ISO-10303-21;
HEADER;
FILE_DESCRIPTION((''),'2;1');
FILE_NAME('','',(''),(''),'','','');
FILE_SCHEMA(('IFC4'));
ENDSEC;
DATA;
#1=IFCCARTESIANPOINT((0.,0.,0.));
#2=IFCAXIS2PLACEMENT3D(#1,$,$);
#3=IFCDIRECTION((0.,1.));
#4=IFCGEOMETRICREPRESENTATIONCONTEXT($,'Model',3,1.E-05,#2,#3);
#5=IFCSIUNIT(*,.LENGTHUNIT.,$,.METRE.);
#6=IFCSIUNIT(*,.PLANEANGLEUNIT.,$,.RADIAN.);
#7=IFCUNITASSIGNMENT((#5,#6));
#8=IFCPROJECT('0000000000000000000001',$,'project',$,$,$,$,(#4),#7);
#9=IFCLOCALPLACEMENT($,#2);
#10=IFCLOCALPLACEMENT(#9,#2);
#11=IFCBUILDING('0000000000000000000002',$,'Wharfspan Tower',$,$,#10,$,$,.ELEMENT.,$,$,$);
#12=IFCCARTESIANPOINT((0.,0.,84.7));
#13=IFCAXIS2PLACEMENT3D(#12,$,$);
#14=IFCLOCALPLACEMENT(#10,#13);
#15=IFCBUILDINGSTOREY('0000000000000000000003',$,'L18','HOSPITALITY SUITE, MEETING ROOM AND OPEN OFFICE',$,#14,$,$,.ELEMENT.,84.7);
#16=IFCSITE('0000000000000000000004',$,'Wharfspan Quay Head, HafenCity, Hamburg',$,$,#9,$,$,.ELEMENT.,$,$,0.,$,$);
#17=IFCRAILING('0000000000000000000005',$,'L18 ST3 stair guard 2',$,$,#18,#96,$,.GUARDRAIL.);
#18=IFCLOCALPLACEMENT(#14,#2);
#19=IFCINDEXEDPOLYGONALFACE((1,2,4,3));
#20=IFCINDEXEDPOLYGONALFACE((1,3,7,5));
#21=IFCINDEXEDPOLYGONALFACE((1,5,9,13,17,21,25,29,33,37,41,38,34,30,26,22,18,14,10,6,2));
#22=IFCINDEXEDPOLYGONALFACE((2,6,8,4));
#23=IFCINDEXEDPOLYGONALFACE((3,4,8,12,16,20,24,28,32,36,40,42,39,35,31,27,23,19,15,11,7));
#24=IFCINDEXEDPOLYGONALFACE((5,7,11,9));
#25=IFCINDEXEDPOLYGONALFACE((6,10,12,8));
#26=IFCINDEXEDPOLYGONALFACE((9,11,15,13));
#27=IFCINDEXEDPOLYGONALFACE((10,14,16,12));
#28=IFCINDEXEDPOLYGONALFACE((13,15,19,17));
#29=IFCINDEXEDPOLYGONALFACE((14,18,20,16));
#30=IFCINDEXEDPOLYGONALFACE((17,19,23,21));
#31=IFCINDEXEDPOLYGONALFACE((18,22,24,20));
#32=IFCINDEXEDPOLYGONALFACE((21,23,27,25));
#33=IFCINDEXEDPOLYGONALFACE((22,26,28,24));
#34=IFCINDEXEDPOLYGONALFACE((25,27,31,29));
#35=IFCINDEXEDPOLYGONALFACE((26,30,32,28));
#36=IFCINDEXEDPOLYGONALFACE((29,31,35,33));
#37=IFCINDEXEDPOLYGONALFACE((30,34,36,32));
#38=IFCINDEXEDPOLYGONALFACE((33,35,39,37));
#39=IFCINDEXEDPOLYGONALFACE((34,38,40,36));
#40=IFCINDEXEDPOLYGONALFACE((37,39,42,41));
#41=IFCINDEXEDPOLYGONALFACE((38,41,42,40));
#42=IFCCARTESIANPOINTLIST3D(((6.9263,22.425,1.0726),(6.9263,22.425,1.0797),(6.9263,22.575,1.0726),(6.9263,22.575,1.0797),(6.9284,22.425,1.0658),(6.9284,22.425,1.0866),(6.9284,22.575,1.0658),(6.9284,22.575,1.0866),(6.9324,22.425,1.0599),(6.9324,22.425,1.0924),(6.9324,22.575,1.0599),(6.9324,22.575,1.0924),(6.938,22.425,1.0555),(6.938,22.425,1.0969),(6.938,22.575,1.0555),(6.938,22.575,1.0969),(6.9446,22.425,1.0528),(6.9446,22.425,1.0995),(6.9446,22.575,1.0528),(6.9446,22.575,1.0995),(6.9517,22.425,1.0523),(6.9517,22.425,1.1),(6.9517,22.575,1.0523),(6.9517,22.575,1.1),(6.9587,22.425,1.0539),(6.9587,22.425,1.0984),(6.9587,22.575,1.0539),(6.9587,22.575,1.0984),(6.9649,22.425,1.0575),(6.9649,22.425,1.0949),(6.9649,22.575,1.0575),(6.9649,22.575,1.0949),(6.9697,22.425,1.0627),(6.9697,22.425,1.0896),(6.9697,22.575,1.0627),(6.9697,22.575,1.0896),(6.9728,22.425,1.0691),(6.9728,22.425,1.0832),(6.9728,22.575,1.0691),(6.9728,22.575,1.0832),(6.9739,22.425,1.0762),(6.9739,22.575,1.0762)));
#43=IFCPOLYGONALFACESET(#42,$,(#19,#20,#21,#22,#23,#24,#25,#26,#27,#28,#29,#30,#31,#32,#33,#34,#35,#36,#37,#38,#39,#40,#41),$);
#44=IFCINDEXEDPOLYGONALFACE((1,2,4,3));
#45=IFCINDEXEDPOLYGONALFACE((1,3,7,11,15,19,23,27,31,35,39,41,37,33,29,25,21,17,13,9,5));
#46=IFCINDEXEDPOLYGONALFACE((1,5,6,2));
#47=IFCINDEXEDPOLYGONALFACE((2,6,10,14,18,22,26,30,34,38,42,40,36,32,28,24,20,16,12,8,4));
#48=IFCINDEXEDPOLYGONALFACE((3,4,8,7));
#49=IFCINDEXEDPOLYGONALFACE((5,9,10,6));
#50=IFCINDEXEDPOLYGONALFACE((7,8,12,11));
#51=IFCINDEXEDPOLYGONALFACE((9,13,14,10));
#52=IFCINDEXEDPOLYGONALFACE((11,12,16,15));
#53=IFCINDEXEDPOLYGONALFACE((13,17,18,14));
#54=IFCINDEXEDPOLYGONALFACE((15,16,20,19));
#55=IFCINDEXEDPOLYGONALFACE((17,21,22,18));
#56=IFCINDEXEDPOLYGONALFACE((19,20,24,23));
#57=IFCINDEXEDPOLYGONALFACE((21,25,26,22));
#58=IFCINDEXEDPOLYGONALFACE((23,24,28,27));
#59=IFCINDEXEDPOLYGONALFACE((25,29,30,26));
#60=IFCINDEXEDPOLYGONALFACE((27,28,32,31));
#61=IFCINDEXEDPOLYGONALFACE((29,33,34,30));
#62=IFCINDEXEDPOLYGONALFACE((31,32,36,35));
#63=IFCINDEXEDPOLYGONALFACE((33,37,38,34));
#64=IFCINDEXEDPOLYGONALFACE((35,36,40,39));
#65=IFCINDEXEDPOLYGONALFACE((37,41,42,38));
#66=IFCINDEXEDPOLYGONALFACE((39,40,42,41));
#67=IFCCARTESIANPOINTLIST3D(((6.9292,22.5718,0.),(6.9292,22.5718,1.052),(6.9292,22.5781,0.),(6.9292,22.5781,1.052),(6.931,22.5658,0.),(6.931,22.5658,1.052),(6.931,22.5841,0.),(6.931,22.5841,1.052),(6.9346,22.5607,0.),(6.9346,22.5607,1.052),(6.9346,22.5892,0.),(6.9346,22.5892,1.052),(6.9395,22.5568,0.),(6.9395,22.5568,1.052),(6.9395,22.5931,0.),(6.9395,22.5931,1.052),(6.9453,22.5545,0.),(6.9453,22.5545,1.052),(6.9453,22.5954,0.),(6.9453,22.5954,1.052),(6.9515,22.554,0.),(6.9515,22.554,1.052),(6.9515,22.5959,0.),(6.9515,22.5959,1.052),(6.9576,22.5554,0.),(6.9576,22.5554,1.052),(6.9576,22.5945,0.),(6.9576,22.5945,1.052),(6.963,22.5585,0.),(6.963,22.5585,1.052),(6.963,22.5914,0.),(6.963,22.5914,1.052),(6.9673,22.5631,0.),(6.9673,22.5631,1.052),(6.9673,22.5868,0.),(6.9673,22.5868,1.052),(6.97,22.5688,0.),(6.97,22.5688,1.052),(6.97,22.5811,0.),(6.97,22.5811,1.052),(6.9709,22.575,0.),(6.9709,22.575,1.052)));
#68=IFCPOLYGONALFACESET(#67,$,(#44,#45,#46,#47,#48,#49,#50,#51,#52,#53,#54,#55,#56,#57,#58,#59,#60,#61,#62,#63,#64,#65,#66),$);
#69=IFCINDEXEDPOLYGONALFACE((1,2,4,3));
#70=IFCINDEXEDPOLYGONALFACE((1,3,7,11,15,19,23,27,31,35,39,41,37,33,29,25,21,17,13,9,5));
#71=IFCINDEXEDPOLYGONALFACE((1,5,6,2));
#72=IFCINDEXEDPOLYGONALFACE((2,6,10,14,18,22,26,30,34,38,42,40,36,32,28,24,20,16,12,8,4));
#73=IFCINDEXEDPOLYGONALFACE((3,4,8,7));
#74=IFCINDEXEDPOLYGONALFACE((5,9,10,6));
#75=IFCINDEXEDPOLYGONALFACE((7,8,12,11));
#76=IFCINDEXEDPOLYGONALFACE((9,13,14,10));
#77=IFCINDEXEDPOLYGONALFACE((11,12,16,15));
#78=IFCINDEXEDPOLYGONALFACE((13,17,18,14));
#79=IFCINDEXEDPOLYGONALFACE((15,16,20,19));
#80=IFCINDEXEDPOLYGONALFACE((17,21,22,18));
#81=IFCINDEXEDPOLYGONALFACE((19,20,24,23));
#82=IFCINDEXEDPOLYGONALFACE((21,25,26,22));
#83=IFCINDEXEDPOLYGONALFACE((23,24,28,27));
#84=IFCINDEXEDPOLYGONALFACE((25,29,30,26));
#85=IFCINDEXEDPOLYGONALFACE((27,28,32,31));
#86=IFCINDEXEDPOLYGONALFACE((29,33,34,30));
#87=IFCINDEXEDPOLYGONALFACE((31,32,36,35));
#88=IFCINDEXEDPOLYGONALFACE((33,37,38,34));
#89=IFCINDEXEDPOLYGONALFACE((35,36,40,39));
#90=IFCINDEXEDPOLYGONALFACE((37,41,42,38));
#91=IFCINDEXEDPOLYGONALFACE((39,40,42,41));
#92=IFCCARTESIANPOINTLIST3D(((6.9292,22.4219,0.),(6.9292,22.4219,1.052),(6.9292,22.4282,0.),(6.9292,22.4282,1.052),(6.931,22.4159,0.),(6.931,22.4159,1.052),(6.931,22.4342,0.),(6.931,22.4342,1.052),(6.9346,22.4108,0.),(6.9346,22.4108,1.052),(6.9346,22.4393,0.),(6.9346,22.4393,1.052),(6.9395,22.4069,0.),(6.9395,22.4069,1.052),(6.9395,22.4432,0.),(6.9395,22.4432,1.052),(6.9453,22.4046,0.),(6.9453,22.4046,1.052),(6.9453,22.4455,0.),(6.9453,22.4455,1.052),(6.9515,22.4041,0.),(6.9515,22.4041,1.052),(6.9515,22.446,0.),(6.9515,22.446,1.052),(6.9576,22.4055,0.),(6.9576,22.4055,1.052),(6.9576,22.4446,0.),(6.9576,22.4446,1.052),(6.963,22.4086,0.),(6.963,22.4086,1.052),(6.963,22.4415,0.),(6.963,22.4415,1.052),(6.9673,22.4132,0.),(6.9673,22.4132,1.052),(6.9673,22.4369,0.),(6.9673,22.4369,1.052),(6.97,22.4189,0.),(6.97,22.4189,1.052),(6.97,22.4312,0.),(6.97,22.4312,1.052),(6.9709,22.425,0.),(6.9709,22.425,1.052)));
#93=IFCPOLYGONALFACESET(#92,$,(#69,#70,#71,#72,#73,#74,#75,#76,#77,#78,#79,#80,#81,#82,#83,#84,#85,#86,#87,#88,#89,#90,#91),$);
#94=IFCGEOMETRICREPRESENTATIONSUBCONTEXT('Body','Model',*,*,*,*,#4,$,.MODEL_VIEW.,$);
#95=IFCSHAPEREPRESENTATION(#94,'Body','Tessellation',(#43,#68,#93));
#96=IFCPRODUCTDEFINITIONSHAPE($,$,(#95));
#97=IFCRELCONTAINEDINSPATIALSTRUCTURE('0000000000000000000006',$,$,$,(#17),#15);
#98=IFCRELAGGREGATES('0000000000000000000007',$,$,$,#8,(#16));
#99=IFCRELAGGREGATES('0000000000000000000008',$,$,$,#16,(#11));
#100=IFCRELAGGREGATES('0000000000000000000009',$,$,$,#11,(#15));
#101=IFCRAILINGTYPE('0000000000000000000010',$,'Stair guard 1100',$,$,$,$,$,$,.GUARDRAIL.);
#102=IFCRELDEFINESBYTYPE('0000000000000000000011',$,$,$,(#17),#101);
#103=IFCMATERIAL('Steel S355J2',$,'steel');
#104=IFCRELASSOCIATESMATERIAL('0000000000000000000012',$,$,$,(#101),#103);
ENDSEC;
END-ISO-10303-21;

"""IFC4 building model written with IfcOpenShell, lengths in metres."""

from ifc_helpers import new_model, si_unit, direction, frame, origin, origin_2d, place, context, subcontext, project, spatial, circle, extrude, material, type_object, element, save


model = new_model("IFC4")

# Units and contexts
model_context = context("Model", 3, precision=1e-05, world=origin(), true_north=direction((0.0, 1.0)))
body_context = subcontext(model_context, "Body", "Model", "MODEL_VIEW")
ifc_project = project(units=[si_unit("LENGTHUNIT", "METRE"), si_unit("PLANEANGLEUNIT", "RADIAN")], contexts=[model_context])

# Site, building, storey
site_placement = place(None, origin())
site = spatial("IfcSite", under=ifc_project, at=site_placement, Name="Wharfspan Quay Head, HafenCity, Hamburg", CompositionType="ELEMENT", RefElevation=0.0)
building_placement = place(site_placement, origin())
building = spatial("IfcBuilding", under=site, at=building_placement, Name="Wharfspan Tower", CompositionType="ELEMENT")
storey_placement = place(building_placement, frame((0.0, 0.0, 84.7)))
storey = spatial("IfcBuildingStorey", under=building, at=storey_placement, Name="L18", Description="HOSPITALITY SUITE, MEETING ROOM AND OPEN OFFICE", CompositionType="ELEMENT", Elevation=84.7)

# Shared definitions
ifc_material_1 = material(Name="Steel S355J2", Category="steel")

# Railing
railing_type = type_object("IfcRailingType", Name="Stair guard 1100", PredefinedType="GUARDRAIL", material=ifc_material_1)
railing_placement = place(storey_placement, frame((6.95, 22.575, 0.0)))
element("IfcRailing", 1, at=railing_placement, inside=storey, type_object=railing_type, Name="L18 ST3 stair guard 2", PredefinedType="GUARDRAIL", context=body_context, shape_type="SweptSolid", body=[
    extrude(circle(Radius=0.0239, at=origin_2d()), frame((0.0, 0.0, 1.0762), z_axis=(0.0, -1.0, 0.0), x_axis=(1.0, 0.0, 0.0)), (0.0, 0.0, 1.0), 0.1499),
    extrude(circle(Radius=0.021, at=origin_2d()), origin(), (0.0, 0.0, 1.0), 1.052),
    extrude(circle(Radius=0.021, at=origin_2d()), frame((0.0, -0.1499, 0.0)), (0.0, 0.0, 1.0), 1.052),
])

save(model, "model.ifc")
